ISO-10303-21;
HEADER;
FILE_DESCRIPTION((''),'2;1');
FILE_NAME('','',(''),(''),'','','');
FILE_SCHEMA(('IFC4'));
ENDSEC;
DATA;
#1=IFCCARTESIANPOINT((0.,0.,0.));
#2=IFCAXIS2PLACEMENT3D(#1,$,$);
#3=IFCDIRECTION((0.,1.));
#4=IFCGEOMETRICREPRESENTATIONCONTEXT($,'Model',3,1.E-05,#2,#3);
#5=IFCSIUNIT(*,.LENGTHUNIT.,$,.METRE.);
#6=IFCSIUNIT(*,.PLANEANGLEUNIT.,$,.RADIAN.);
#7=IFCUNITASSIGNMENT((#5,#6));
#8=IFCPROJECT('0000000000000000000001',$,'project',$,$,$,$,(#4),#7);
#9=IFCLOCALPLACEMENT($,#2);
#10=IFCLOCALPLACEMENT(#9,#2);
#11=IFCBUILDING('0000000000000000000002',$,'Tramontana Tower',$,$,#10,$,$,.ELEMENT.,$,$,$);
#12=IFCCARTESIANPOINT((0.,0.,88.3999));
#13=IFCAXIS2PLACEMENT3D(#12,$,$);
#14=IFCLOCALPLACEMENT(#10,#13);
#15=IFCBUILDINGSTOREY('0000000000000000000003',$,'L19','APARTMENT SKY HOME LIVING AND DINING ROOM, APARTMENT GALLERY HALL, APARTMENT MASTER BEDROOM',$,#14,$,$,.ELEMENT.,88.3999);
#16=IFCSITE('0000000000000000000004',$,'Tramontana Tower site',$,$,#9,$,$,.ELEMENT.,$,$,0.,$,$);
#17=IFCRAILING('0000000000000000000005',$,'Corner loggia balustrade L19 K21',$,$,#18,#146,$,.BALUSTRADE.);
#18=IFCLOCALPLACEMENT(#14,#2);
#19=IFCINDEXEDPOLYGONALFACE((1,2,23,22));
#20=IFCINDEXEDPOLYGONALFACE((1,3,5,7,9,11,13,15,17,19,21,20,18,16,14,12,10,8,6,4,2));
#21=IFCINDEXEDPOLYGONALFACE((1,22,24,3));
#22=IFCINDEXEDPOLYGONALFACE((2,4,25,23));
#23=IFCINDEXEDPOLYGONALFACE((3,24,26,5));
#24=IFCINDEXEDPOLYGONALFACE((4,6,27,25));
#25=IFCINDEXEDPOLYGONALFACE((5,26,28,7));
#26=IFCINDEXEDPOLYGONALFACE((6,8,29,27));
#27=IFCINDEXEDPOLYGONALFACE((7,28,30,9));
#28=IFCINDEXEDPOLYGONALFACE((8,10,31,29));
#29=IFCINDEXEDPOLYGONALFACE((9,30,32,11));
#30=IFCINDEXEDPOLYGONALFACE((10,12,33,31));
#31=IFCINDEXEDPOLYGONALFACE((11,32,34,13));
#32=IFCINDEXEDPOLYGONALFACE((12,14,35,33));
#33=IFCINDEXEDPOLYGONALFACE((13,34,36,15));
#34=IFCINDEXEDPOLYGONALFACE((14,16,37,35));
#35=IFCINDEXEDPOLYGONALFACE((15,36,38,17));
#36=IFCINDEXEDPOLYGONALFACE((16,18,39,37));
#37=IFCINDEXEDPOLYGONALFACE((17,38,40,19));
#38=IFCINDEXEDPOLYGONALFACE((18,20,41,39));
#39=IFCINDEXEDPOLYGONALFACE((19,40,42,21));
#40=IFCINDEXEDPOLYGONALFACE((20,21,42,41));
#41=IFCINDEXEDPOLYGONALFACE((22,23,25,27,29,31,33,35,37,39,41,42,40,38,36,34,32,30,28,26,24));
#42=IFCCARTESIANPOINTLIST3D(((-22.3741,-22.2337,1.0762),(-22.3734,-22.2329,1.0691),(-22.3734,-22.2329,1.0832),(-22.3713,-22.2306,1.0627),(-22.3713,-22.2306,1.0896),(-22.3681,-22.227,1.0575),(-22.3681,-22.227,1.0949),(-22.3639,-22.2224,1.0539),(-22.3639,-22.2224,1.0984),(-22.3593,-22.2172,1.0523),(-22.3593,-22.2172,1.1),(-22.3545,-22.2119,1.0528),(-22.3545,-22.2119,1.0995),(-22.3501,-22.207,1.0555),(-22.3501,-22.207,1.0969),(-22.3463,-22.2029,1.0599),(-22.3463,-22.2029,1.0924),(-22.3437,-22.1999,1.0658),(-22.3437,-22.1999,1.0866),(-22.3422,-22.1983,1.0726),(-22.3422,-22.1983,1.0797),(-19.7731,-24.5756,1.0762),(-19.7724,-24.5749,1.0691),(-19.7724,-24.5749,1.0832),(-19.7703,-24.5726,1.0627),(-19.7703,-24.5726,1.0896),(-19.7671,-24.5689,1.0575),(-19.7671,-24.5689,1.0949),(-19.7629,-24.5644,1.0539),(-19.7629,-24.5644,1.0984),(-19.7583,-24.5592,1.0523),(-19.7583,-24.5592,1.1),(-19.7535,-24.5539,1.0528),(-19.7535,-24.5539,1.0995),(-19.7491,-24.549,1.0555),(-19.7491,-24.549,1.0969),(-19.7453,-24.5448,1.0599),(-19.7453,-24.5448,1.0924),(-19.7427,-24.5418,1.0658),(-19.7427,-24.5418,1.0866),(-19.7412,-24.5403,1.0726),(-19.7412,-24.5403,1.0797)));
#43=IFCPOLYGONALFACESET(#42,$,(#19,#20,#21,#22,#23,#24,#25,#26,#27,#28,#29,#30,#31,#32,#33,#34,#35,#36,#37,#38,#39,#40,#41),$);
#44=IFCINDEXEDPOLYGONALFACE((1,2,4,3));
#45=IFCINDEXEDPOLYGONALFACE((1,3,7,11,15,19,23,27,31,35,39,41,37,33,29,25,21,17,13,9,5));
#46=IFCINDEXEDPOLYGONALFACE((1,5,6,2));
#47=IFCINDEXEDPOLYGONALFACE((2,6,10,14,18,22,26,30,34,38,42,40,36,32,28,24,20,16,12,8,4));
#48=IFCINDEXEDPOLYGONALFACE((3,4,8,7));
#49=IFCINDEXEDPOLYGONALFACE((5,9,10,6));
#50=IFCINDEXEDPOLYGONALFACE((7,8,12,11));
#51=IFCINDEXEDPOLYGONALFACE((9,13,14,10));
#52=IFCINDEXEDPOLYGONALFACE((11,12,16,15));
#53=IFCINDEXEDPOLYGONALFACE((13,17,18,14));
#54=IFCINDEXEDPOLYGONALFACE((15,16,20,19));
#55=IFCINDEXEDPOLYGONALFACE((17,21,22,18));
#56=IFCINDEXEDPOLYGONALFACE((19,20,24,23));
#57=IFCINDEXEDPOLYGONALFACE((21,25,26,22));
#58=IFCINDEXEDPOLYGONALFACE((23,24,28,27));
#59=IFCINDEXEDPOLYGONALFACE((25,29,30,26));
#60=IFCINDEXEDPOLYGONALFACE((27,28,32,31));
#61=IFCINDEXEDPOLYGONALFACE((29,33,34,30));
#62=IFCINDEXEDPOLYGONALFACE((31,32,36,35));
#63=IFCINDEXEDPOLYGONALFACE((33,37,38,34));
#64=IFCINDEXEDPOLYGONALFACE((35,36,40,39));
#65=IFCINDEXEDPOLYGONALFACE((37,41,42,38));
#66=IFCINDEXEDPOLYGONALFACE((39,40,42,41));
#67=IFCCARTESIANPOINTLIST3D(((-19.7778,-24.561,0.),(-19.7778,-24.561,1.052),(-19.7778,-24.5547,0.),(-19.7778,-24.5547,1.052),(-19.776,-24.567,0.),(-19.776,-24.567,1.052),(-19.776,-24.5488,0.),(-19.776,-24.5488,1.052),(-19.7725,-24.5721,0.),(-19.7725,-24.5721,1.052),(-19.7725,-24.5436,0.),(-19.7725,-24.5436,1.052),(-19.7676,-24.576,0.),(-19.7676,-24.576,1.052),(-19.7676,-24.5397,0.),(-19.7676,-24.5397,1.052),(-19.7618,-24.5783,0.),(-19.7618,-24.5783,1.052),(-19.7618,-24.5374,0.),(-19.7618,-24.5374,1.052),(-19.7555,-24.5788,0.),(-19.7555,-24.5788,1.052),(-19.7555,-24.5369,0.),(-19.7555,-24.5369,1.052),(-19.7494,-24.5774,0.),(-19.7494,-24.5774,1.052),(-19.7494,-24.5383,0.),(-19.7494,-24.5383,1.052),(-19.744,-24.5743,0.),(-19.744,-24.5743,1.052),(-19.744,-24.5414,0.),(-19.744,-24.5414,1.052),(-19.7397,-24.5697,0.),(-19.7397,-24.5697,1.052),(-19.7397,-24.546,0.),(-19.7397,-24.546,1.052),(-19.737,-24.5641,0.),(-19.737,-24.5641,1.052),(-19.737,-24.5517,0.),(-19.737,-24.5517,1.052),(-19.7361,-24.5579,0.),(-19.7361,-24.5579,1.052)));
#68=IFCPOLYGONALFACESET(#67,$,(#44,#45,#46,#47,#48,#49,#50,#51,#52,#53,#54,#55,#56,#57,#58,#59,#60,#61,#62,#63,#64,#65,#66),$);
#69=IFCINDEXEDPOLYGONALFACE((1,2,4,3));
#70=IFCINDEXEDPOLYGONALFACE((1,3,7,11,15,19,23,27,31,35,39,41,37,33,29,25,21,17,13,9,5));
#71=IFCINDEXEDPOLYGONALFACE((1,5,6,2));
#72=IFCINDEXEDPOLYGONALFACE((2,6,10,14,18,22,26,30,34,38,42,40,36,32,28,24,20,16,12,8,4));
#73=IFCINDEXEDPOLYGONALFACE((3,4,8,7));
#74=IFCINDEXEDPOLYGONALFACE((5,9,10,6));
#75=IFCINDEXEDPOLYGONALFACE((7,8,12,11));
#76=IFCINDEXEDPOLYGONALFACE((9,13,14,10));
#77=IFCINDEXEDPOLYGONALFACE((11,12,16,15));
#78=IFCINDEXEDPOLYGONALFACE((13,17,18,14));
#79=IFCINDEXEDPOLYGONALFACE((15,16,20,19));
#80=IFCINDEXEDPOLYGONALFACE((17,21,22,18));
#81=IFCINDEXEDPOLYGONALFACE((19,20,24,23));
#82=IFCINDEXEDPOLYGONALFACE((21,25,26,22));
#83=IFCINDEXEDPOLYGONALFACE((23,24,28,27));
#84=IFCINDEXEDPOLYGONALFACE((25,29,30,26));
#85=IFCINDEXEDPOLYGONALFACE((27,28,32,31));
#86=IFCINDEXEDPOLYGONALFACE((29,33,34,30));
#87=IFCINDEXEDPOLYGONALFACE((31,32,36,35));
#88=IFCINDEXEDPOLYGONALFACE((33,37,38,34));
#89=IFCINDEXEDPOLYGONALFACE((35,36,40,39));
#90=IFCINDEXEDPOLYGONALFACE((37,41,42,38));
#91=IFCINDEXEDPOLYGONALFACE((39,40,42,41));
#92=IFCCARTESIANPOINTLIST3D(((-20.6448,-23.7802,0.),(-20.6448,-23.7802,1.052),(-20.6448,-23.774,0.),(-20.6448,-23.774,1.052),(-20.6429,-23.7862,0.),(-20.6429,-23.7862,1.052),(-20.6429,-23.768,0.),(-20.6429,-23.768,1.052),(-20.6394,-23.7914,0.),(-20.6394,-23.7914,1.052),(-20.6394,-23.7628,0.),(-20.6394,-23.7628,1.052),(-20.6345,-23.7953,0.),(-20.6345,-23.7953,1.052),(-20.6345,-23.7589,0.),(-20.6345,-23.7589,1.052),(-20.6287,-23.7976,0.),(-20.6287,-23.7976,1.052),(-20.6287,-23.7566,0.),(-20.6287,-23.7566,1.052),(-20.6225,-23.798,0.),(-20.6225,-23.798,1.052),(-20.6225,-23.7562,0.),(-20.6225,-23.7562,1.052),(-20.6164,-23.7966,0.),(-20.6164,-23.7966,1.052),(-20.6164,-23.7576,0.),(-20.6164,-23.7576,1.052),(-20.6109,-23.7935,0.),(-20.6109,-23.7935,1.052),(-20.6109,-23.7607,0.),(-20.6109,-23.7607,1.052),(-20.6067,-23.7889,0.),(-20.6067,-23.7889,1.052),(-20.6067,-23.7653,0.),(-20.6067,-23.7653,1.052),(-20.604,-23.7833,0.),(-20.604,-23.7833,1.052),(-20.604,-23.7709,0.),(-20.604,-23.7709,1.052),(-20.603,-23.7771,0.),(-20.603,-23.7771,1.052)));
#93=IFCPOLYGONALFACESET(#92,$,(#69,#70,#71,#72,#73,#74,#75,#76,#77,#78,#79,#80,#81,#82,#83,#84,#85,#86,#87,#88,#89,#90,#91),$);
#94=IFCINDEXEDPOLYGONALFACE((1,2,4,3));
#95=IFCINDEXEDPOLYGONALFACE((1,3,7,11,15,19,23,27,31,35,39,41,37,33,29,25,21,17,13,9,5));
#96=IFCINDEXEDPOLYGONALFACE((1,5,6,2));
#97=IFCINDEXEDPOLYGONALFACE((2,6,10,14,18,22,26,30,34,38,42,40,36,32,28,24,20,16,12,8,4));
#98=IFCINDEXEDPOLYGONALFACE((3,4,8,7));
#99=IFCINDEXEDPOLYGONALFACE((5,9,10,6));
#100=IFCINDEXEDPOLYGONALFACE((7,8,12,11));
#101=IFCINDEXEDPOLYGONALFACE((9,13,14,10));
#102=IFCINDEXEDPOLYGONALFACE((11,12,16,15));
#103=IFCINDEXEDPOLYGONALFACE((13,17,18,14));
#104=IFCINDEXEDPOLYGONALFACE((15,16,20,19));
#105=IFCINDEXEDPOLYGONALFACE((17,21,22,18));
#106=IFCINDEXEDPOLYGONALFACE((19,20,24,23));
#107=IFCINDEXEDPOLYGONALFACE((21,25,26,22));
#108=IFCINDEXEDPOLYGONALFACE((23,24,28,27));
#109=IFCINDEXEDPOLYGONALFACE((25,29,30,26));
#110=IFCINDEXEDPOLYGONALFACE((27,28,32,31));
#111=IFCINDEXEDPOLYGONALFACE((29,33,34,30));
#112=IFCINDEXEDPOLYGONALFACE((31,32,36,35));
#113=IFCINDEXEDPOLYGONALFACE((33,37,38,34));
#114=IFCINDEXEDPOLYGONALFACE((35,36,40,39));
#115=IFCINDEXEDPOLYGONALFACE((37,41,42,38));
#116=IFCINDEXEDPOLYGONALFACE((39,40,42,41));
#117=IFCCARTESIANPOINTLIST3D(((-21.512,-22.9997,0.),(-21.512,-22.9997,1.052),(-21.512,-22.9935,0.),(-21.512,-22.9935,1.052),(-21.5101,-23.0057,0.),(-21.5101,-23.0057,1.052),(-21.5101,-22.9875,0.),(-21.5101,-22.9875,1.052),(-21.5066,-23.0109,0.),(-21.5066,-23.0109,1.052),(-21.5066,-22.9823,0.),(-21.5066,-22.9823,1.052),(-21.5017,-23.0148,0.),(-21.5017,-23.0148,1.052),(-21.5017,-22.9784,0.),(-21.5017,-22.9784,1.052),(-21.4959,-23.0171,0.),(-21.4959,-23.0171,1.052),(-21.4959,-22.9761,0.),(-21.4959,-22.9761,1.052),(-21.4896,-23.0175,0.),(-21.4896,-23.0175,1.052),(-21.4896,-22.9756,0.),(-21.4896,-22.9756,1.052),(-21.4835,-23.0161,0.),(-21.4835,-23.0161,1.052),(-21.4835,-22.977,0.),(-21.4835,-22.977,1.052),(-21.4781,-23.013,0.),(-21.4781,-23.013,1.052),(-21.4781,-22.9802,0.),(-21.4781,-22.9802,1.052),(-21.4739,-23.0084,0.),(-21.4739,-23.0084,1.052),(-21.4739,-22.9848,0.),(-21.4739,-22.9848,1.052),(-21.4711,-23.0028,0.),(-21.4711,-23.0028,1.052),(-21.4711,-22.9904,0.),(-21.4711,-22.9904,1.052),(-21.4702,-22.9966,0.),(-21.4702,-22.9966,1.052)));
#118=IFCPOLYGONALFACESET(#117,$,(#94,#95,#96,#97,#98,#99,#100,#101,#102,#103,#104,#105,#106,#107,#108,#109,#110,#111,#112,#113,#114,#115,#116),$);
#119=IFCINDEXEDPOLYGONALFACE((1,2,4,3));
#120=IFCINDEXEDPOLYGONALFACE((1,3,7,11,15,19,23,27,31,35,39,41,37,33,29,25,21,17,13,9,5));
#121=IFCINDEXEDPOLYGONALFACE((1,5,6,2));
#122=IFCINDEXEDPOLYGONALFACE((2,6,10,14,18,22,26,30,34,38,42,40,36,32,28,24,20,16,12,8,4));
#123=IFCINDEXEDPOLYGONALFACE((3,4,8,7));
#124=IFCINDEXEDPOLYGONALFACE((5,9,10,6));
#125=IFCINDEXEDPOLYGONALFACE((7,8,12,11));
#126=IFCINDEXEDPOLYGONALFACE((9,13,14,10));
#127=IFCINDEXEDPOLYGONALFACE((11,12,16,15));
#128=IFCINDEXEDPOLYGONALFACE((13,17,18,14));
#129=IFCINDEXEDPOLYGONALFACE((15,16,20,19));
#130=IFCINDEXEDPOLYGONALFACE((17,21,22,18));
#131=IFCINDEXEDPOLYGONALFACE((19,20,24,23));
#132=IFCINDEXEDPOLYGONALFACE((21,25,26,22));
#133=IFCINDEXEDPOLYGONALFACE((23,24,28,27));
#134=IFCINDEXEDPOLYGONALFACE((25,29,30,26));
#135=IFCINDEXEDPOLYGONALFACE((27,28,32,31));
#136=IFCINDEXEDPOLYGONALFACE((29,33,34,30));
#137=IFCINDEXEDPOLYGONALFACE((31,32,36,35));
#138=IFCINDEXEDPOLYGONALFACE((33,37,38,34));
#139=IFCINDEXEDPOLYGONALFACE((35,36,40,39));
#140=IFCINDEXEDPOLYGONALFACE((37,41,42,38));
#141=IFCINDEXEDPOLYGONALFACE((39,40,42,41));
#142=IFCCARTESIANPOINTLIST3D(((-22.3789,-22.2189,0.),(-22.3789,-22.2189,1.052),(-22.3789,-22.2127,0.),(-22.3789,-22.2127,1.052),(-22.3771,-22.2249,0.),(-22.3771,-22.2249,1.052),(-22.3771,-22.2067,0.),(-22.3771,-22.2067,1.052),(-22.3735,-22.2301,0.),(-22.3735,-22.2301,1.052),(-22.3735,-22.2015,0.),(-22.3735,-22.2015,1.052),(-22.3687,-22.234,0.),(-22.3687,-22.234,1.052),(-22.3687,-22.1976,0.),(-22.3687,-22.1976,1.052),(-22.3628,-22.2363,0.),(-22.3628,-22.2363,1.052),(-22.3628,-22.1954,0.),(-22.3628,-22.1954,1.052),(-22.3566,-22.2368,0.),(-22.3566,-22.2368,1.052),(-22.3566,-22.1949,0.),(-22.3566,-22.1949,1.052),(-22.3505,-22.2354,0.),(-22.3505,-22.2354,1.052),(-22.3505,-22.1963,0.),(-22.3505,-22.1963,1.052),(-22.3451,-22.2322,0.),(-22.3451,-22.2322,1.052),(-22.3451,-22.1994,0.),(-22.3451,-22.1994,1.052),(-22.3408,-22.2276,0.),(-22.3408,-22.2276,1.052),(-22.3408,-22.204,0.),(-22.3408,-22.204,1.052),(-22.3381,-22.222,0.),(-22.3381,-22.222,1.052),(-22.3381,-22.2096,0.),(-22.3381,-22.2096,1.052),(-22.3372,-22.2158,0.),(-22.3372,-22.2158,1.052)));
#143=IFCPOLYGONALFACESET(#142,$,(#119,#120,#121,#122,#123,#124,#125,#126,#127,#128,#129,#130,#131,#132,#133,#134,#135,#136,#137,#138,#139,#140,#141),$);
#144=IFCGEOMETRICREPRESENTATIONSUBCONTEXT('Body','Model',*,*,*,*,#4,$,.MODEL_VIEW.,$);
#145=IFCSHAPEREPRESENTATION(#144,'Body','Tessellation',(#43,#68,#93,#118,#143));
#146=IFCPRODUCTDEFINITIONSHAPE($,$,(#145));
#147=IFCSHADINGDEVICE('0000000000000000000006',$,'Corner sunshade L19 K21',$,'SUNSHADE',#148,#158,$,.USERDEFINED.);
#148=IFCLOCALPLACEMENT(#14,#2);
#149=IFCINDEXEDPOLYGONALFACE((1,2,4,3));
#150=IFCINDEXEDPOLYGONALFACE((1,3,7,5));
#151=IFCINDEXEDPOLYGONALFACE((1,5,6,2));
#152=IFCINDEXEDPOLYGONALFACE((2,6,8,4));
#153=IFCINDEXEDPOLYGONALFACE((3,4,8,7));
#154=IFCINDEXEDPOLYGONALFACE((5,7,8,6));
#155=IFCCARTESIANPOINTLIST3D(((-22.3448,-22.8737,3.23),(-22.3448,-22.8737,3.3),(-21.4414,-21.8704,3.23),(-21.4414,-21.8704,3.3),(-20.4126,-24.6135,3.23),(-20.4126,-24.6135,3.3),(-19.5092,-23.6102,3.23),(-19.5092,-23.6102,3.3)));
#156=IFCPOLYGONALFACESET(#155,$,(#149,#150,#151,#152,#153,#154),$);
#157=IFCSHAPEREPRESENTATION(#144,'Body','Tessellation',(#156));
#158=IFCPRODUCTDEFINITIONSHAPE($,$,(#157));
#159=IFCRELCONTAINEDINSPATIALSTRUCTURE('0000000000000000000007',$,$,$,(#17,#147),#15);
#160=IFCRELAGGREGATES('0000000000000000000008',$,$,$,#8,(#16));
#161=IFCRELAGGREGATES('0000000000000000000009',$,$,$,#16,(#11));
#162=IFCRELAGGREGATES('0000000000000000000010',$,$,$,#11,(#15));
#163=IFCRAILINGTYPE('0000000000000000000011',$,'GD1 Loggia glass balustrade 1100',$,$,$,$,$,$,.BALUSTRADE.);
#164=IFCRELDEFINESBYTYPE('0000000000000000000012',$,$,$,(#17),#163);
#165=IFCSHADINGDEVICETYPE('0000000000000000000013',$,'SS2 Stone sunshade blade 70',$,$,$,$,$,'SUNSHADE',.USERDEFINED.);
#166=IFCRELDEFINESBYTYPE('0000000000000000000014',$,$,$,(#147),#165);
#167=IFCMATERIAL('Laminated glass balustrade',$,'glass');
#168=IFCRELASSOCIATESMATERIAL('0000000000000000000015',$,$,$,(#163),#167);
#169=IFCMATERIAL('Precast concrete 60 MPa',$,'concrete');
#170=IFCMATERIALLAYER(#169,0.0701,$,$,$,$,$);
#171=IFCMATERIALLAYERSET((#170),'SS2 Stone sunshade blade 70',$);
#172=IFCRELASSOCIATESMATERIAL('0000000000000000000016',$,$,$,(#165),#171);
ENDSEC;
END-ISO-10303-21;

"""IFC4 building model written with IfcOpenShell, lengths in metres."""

from ifc_helpers import new_model, si_unit, direction, frame, origin, origin_2d, place, context, subcontext, project, spatial, rectangle, circle, extrude, material, layer, layer_set, type_object, element, save


model = new_model("IFC4")

# Units and contexts
model_context = context("Model", 3, precision=1e-05, world=origin(), true_north=direction((0.0, 1.0)))
body_context = subcontext(model_context, "Body", "Model", "MODEL_VIEW")
ifc_project = project(units=[si_unit("LENGTHUNIT", "METRE"), si_unit("PLANEANGLEUNIT", "RADIAN")], contexts=[model_context])

# Site, building, storey
site_placement = place(None, origin())
site = spatial("IfcSite", under=ifc_project, at=site_placement, Name="Tramontana Tower site", CompositionType="ELEMENT", RefElevation=0.0)
building_placement = place(site_placement, origin())
building = spatial("IfcBuilding", under=site, at=building_placement, Name="Tramontana Tower", CompositionType="ELEMENT")
storey_placement = place(building_placement, frame((0.0, 0.0, 88.3999)))
storey = spatial("IfcBuildingStorey", under=building, at=storey_placement, Name="L19", Description="APARTMENT SKY HOME LIVING AND DINING ROOM, APARTMENT GALLERY HALL, APARTMENT MASTER BEDROOM", CompositionType="ELEMENT", Elevation=88.3999)

# Railing
ifc_material_1 = material(Name="Laminated glass balustrade", Category="glass")
railing_type = type_object("IfcRailingType", Name="GD1 Loggia glass balustrade 1100", PredefinedType="BALUSTRADE", material=ifc_material_1)
railing_1_placement = place(storey_placement, frame((-19.7571, -24.5579, 0.0)))
element("IfcRailing", 1, at=railing_1_placement, inside=storey, type_object=railing_type, Name="Corner loggia balustrade L19 K21", PredefinedType="BALUSTRADE", context=body_context, shape_type="SweptSolid", body=[
    extrude(circle(Radius=0.0239, at=origin_2d()), frame((0.0, 0.0, 1.0762), z_axis=(-0.743142, 0.669134, 0.0), x_axis=(-0.669134, -0.743142, 0.0)), (0.0, 0.0, 1.0), 3.5),
    extrude(circle(Radius=0.021, at=origin_2d()), origin(), (0.0, 0.0, 1.0), 1.052),
    extrude(circle(Radius=0.021, at=origin_2d()), frame((-0.8669, 0.7808, 0.0)), (0.0, 0.0, 1.0), 1.052),
    extrude(circle(Radius=0.021, at=origin_2d()), frame((-1.7341, 1.5613, 0.0)), (0.0, 0.0, 1.0), 1.052),
    extrude(circle(Radius=0.021, at=origin_2d()), frame((-2.6011, 2.342, 0.0)), (0.0, 0.0, 1.0), 1.052),
])

# Shading device
ifc_material_2 = material(Name="Precast concrete 60 MPa", Category="concrete")
ifc_layer_1 = layer(ifc_material_2, 0.0701)
ifc_layer_set_1 = layer_set([ifc_layer_1], Name="SS2 Stone sunshade blade 70")
shading_device_type = type_object("IfcShadingDeviceType", Name="SS2 Stone sunshade blade 70", ElementType="SUNSHADE", PredefinedType="USERDEFINED", material=ifc_layer_set_1)
shading_device_placement = place(storey_placement, frame((-20.927, -23.2419, 3.23), z_axis=(0.0, 0.0, 1.0), x_axis=(-0.743145, 0.669131, 0.0)))
element("IfcShadingDevice", 2, at=shading_device_placement, inside=storey, type_object=shading_device_type, Name="Corner sunshade L19 K21", ObjectType="SUNSHADE", PredefinedType="USERDEFINED", context=body_context, shape_type="SweptSolid", body=[
    extrude(rectangle(XDim=2.6001, YDim=1.3501, at=origin_2d()), origin(), (0.0, 0.0, 1.0), 0.0701),
])

save(model, "model.ifc")
